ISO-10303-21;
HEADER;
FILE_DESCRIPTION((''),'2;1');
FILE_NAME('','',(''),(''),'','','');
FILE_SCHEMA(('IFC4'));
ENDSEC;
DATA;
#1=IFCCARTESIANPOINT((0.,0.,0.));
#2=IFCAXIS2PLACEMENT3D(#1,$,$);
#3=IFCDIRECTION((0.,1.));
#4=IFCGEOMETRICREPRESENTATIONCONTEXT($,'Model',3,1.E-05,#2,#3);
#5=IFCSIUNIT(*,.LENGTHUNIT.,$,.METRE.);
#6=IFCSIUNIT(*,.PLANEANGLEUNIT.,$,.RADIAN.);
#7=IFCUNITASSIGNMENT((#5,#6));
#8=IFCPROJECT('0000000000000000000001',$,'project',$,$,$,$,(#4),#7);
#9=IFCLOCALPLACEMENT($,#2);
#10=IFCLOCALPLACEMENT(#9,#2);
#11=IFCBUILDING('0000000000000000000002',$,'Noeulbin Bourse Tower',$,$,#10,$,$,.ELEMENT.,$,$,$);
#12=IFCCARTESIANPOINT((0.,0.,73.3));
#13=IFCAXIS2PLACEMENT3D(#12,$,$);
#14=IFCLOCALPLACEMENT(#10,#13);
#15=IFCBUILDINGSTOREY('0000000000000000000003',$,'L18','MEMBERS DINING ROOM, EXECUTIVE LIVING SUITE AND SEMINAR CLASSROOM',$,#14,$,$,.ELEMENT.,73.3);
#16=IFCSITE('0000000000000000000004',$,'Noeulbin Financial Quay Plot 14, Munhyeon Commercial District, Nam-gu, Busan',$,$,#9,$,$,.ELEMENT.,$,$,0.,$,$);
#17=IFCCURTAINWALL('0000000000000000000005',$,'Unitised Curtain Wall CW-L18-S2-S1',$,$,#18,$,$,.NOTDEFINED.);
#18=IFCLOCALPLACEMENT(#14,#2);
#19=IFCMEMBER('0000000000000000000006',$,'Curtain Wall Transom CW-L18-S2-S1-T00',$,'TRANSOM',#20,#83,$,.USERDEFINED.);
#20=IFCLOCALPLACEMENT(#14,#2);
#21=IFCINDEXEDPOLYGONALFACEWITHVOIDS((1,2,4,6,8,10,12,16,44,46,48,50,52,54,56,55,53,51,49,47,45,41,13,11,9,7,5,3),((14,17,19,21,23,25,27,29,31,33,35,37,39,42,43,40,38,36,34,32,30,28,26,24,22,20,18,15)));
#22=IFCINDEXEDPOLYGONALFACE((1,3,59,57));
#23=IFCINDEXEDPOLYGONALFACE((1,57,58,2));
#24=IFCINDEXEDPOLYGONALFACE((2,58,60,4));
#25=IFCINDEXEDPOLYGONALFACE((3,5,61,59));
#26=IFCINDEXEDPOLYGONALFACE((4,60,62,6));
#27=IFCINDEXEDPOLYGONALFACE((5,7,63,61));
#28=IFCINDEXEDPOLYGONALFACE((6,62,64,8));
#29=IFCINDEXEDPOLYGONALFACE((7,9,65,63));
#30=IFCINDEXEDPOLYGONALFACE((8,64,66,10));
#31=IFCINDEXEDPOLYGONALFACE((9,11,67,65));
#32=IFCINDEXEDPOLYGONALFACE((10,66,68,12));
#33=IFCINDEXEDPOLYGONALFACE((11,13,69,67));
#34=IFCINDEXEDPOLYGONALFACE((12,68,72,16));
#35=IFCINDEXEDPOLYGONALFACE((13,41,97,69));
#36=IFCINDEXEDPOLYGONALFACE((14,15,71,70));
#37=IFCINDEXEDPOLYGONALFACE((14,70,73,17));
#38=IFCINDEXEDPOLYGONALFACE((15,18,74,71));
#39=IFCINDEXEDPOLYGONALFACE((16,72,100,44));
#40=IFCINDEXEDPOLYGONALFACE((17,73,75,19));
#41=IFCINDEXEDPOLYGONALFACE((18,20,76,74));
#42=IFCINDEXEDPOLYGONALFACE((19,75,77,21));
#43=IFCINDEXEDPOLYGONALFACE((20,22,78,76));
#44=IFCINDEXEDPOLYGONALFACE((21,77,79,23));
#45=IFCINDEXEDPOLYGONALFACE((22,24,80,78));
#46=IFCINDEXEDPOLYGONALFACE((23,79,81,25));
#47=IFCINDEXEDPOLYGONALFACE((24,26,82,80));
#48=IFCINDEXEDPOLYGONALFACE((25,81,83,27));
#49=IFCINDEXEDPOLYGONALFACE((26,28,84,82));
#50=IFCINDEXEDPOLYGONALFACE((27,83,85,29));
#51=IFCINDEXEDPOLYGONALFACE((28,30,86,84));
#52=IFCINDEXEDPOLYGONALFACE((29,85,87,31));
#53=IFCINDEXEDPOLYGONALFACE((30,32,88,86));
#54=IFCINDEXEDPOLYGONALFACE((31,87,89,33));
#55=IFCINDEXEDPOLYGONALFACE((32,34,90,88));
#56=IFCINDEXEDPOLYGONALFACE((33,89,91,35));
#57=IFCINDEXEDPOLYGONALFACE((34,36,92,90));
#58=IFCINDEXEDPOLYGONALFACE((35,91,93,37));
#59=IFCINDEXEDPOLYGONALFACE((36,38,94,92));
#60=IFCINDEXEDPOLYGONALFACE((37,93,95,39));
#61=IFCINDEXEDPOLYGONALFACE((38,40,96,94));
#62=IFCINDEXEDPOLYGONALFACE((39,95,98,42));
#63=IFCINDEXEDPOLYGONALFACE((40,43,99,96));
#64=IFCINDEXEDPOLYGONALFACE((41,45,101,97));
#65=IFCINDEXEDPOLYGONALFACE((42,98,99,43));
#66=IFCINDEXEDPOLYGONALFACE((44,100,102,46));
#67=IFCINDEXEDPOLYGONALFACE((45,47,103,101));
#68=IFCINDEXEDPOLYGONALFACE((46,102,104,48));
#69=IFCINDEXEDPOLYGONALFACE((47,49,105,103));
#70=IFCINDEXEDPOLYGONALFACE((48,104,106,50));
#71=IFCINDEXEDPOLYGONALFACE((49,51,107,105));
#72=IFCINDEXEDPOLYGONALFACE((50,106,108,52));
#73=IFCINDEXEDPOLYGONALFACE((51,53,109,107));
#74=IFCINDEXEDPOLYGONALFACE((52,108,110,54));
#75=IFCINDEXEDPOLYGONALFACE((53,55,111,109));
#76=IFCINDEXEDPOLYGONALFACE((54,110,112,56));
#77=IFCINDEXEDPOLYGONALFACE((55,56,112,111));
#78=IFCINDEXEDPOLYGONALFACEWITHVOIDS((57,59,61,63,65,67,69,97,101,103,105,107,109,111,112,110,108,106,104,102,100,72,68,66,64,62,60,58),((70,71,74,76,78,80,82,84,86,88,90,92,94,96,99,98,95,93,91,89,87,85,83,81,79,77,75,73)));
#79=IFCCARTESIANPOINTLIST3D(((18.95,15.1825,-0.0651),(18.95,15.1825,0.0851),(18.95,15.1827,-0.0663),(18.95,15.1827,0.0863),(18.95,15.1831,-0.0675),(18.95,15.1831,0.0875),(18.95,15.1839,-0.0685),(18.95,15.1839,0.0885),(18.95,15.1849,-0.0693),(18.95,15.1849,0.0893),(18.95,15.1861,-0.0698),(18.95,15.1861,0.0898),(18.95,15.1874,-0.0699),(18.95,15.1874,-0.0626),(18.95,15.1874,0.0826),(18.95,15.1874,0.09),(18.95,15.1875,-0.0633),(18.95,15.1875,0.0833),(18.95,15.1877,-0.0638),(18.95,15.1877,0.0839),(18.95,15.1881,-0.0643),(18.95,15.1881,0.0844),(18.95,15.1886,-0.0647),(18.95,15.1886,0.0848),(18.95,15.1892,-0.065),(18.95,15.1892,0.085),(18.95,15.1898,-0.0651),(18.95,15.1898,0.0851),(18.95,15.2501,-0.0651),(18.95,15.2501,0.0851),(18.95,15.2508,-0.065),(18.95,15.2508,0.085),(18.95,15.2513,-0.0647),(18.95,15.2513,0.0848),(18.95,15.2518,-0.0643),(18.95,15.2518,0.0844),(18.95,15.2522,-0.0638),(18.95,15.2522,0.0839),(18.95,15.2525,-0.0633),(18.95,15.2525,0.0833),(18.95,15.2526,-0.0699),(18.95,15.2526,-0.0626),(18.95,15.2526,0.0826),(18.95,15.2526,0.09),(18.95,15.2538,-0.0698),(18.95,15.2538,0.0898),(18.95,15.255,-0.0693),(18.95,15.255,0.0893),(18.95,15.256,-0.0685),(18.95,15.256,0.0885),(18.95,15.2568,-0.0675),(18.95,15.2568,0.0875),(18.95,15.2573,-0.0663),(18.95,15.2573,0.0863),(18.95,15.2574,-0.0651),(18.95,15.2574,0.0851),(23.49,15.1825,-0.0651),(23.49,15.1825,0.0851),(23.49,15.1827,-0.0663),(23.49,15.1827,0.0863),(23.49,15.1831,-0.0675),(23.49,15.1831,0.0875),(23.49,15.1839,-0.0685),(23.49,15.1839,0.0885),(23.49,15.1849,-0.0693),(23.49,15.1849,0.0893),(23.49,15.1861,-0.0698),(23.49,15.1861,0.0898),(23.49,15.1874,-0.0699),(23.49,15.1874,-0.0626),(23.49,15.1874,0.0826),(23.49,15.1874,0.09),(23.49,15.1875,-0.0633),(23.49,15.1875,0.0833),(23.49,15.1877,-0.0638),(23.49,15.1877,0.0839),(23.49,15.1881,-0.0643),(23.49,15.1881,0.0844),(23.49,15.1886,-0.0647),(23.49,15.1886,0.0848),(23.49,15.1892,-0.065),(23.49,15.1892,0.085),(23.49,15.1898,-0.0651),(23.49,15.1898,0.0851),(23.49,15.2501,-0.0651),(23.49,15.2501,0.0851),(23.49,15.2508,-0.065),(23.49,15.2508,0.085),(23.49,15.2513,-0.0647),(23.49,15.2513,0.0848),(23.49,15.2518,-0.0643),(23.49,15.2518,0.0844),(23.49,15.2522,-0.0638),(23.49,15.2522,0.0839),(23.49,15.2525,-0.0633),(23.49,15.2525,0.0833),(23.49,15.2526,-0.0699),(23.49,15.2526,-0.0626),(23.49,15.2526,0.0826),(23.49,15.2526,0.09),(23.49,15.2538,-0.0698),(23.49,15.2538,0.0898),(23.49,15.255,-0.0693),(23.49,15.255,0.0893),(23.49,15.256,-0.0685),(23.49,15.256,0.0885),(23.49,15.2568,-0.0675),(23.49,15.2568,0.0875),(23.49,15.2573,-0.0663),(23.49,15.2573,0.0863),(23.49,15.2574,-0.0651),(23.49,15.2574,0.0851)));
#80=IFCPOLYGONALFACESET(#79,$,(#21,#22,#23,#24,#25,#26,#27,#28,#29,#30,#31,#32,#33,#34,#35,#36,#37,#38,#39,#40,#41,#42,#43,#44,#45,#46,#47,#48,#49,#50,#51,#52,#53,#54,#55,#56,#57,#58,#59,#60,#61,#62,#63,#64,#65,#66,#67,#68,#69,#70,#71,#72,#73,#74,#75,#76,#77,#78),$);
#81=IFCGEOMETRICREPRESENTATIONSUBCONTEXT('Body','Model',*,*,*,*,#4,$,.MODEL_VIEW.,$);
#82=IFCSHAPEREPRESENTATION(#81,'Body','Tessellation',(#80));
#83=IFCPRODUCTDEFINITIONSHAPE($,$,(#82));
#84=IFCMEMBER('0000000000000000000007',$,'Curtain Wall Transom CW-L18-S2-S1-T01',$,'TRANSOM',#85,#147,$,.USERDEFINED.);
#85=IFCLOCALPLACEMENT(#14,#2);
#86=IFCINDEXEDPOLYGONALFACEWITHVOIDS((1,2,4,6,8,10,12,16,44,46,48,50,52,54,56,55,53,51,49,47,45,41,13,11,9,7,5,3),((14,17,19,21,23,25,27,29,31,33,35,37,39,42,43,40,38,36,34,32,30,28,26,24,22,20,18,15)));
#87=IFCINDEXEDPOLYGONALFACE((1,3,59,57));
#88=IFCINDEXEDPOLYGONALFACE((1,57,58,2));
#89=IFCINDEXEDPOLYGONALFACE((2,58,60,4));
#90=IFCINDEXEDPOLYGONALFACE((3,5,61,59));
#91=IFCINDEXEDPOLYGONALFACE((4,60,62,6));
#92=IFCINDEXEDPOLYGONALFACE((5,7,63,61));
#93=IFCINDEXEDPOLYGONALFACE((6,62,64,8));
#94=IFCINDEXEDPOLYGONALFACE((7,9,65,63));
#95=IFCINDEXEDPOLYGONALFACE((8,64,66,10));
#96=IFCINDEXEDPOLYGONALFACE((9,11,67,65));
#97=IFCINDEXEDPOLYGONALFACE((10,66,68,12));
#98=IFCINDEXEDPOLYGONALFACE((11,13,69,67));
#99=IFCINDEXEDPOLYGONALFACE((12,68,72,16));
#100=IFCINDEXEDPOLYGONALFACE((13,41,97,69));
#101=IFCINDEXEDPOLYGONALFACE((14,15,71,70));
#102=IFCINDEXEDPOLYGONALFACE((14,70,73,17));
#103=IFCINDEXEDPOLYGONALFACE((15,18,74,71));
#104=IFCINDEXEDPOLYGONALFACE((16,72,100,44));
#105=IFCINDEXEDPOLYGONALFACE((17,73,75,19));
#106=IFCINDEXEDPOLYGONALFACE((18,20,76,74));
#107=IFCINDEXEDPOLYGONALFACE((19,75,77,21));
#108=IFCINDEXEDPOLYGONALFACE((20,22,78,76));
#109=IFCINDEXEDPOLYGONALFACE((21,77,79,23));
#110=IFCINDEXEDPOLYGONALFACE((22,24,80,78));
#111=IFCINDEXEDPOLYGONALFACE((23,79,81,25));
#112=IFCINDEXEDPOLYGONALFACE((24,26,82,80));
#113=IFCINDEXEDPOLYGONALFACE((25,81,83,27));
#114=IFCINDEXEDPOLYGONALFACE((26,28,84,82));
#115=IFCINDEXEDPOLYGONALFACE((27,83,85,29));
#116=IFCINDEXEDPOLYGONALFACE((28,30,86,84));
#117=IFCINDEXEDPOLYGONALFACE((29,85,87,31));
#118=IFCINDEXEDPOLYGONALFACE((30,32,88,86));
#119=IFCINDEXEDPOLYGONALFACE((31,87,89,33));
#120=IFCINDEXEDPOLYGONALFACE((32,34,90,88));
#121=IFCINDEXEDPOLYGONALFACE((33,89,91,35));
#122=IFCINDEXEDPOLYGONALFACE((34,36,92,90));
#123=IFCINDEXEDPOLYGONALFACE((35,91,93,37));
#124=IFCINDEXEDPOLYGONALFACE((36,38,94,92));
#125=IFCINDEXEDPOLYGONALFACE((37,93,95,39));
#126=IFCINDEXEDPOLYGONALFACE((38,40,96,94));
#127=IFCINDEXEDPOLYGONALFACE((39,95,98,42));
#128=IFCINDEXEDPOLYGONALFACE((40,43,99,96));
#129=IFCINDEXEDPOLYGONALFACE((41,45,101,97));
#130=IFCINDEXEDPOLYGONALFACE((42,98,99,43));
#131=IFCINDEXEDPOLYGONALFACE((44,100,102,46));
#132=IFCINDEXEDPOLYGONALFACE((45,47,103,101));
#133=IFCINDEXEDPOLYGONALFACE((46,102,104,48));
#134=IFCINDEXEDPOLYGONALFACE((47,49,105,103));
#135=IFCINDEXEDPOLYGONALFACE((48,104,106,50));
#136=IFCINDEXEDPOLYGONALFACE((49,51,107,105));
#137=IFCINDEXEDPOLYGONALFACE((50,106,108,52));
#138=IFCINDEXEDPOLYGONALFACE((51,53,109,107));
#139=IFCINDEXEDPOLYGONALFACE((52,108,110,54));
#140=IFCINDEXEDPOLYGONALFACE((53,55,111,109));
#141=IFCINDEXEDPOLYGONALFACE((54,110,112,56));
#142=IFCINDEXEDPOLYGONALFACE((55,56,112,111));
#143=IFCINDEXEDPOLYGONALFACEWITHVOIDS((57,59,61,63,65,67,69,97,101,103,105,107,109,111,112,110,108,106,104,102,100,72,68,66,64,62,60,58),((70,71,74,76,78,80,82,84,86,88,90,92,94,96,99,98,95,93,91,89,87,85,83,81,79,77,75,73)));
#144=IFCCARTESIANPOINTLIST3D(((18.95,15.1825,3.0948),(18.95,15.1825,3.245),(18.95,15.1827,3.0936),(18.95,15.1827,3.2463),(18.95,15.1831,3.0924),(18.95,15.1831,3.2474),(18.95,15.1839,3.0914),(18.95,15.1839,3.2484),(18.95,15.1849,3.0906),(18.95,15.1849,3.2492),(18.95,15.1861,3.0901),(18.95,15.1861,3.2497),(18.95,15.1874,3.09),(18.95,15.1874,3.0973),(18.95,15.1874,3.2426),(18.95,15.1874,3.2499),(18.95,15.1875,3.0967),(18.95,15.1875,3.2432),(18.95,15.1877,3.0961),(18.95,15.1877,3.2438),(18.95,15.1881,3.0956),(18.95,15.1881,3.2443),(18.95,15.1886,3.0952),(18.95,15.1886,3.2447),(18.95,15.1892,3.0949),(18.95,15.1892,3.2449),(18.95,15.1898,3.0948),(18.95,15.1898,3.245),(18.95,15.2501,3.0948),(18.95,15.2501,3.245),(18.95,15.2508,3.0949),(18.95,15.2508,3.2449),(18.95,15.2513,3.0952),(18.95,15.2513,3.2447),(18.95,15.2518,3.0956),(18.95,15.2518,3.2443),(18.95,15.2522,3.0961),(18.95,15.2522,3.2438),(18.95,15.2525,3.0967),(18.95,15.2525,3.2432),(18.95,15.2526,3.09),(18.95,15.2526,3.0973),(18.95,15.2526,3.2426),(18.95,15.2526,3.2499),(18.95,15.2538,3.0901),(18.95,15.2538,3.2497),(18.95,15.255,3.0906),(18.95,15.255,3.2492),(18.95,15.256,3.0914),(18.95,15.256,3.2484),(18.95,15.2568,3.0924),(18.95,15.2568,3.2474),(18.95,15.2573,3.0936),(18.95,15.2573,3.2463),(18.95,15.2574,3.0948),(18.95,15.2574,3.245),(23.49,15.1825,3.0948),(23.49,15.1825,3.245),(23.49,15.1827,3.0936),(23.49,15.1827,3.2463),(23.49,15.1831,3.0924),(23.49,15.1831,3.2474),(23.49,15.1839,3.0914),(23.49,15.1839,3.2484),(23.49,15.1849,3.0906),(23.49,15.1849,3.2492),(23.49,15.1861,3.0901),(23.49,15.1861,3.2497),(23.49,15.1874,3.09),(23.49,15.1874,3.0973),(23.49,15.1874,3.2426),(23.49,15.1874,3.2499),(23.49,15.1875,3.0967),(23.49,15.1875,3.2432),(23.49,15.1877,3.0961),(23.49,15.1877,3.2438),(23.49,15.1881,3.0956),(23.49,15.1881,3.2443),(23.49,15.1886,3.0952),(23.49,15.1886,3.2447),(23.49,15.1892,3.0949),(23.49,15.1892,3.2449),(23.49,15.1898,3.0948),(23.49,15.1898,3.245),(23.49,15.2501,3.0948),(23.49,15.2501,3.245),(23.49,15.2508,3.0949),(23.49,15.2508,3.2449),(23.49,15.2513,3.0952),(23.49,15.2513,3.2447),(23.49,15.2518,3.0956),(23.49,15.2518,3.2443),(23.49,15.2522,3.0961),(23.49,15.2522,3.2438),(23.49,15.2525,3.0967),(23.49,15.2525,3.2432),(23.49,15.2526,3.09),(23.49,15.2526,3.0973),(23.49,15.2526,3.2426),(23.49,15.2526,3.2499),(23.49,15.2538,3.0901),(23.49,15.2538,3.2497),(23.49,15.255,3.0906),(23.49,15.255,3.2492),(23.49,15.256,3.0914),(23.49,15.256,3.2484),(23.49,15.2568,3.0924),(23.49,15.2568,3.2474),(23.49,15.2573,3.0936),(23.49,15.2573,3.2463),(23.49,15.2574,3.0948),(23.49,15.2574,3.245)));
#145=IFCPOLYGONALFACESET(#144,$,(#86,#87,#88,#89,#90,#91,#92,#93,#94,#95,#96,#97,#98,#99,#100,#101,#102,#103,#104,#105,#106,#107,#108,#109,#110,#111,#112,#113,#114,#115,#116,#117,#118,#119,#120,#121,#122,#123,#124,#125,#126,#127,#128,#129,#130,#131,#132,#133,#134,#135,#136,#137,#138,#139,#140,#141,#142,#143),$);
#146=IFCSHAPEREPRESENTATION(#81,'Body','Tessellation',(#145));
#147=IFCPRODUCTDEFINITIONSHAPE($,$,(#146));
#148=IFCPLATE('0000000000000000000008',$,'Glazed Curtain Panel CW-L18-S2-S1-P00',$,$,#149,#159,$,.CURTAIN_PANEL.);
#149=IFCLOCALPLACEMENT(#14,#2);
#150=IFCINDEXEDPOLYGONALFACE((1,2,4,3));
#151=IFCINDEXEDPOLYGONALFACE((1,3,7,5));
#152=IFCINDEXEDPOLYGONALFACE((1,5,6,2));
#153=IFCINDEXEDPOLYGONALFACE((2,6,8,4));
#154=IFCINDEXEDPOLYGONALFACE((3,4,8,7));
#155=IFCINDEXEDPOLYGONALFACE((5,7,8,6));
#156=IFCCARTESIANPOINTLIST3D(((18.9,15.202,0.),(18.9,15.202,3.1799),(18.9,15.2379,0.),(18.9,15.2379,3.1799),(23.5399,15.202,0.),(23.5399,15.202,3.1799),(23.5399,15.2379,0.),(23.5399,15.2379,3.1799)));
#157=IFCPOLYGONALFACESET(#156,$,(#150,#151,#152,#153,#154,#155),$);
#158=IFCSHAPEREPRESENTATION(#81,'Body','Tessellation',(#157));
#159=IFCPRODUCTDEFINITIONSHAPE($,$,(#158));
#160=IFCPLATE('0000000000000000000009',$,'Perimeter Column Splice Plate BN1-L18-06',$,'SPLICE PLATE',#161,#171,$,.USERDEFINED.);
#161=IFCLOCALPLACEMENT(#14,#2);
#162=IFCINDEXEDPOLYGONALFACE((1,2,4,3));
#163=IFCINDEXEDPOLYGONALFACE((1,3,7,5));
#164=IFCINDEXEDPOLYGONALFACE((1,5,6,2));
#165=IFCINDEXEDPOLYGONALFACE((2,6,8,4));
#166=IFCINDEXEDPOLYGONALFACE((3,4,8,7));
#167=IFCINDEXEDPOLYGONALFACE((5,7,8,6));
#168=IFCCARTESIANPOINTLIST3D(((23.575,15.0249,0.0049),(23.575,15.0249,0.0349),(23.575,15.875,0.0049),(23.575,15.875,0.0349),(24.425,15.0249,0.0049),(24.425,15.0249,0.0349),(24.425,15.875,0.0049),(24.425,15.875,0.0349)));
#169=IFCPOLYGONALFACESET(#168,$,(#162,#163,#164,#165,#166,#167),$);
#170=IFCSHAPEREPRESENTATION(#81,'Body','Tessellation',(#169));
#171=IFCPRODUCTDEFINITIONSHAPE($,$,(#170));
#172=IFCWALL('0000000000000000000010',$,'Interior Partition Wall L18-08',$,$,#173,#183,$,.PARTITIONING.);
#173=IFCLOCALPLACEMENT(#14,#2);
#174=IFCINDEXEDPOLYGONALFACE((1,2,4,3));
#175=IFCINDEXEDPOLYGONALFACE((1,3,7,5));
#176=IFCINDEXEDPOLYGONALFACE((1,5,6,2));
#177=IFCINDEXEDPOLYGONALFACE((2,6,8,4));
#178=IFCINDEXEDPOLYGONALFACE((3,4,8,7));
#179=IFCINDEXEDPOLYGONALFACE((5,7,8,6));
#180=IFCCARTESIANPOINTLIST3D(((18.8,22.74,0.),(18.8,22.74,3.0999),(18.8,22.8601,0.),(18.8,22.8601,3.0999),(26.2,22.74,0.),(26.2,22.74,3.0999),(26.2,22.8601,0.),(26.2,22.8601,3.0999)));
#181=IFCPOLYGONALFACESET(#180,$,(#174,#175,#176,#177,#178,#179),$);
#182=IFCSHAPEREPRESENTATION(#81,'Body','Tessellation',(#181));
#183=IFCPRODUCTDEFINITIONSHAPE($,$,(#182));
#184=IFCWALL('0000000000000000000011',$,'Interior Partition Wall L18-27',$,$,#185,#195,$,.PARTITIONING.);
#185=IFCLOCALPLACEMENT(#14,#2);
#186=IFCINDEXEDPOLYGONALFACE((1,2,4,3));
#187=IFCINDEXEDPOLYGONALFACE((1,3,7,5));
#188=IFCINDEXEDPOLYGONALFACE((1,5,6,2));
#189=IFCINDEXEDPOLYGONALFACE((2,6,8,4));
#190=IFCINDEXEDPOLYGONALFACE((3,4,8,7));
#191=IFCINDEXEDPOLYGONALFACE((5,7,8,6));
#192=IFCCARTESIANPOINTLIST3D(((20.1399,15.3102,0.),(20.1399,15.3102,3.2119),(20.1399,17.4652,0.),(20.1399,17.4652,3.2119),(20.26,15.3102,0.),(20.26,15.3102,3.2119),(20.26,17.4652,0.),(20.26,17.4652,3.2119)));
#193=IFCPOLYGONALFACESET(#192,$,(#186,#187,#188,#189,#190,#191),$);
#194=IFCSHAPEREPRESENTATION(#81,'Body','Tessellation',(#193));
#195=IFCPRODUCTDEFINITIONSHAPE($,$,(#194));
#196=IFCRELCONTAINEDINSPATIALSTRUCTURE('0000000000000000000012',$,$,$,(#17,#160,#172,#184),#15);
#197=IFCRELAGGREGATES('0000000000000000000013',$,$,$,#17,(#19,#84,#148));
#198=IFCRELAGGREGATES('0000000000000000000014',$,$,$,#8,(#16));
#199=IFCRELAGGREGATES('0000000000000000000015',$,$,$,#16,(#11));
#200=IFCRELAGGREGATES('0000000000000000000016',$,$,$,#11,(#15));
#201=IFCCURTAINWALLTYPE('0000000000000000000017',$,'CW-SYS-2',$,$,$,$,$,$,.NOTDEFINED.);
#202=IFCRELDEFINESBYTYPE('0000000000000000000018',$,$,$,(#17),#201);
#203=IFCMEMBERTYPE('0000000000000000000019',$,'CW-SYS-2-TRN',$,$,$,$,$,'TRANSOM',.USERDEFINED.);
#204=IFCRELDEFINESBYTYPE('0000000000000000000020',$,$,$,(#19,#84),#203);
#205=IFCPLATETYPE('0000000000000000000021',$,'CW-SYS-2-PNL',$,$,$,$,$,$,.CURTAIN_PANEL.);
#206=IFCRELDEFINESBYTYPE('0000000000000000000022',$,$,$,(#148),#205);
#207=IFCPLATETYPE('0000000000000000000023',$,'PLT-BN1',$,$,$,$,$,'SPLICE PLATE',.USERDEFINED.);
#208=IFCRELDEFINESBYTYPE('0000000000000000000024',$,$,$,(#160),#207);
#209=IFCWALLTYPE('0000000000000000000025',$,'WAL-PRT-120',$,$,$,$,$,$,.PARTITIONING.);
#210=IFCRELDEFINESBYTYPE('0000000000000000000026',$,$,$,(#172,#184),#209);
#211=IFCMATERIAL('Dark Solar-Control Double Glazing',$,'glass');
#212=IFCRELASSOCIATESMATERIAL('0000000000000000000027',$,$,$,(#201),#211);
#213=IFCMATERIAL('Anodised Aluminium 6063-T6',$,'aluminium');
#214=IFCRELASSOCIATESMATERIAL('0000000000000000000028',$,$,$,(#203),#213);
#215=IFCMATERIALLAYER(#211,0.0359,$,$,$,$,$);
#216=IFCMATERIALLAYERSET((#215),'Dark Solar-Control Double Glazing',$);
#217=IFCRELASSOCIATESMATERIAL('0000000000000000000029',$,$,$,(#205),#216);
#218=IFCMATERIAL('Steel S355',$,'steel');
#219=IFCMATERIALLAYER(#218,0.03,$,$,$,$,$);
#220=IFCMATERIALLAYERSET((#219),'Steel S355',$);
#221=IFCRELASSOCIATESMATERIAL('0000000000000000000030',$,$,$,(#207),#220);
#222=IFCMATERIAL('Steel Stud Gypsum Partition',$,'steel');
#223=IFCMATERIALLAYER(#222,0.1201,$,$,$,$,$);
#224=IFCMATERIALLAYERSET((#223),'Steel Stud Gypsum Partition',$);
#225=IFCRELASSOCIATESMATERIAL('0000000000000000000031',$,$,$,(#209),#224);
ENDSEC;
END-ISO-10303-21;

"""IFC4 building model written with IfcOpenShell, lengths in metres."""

from ifc_helpers import new_model, si_unit, direction, frame, frame_2d, origin, origin_2d, place, context, subcontext, project, spatial, rectangle, hollow_rectangle, extrude, material, layer, layer_set, material_profile, profile_set, type_object, element, aggregate, save


model = new_model("IFC4")

# Units and contexts
model_context = context("Model", 3, precision=1e-05, world=origin(), true_north=direction((0.0, 1.0)))
body_context = subcontext(model_context, "Body", "Model", "MODEL_VIEW")
ifc_project = project(units=[si_unit("LENGTHUNIT", "METRE"), si_unit("PLANEANGLEUNIT", "RADIAN")], contexts=[model_context])

# Site, building, storey
site_placement = place(None, origin())
site = spatial("IfcSite", under=ifc_project, at=site_placement, Name="Noeulbin Financial Quay Plot 14, Munhyeon Commercial District, Nam-gu, Busan", CompositionType="ELEMENT", RefElevation=0.0)
building_placement = place(site_placement, origin())
building = spatial("IfcBuilding", under=site, at=building_placement, Name="Noeulbin Bourse Tower", CompositionType="ELEMENT")
storey_placement = place(building_placement, frame((0.0, 0.0, 73.3)))
storey = spatial("IfcBuildingStorey", under=building, at=storey_placement, Name="L18", Description="MEMBERS DINING ROOM, EXECUTIVE LIVING SUITE AND SEMINAR CLASSROOM", CompositionType="ELEMENT", Elevation=73.3)

# Shared definitions
ifc_material_1 = material(Name="Steel S355", Category="steel")

# Curtain wall, members, plate
ifc_material_2 = material(Name="Dark Solar-Control Double Glazing", Category="glass")
curtain_wall_type = type_object("IfcCurtainWallType", Name="CW-SYS-2", PredefinedType="NOTDEFINED", material=ifc_material_2)
curtain_wall_placement = place(storey_placement, origin())
curtain_wall = element("IfcCurtainWall", 1, at=curtain_wall_placement, inside=storey, type_object=curtain_wall_type, Name="Unitised Curtain Wall CW-L18-S2-S1", PredefinedType="NOTDEFINED")
ifc_material_3 = material(Name="Anodised Aluminium 6063-T6", Category="aluminium")
ifc_material_profile_1 = material_profile(ifc_material_3, hollow_rectangle(XDim=0.075, YDim=0.1599, WallThickness=0.0049, InnerFilletRadius=0.0024, OuterFilletRadius=0.0049, at=origin_2d()), Name="ALU-TRAN-75x160x5", Category="LoadBearing")
ifc_profile_set_1 = profile_set([ifc_material_profile_1], Name="Anodised Aluminium 6063-T6")
member_type_1 = type_object("IfcMemberType", Name="CW-SYS-2-TRN", ElementType="TRANSOM", PredefinedType="USERDEFINED", material=ifc_profile_set_1)
member_1_placement = place(storey_placement, frame((18.95, 15.22, 0.01), z_axis=(1.0, 0.0, 0.0), x_axis=(0.0, 1.0, 0.0)))
member_1 = element("IfcMember", 2, at=member_1_placement, type_object=member_type_1, Name="Curtain Wall Transom CW-L18-S2-S1-T00", ObjectType="TRANSOM", PredefinedType="USERDEFINED", context=body_context, shape_type="SweptSolid", body=[
    extrude(hollow_rectangle(XDim=0.075, YDim=0.1599, WallThickness=0.0049, InnerFilletRadius=0.0024, OuterFilletRadius=0.0049, at=origin_2d()), origin(), (0.0, 0.0, 1.0), 4.54),
])
member_2_placement = place(storey_placement, frame((18.95, 15.22, 3.1699), z_axis=(1.0, 0.0, 0.0), x_axis=(0.0, 1.0, 0.0)))
member_2 = element("IfcMember", 3, at=member_2_placement, type_object=member_type_1, Name="Curtain Wall Transom CW-L18-S2-S1-T01", ObjectType="TRANSOM", PredefinedType="USERDEFINED", context=body_context, shape_type="SweptSolid", body=[
    extrude(hollow_rectangle(XDim=0.075, YDim=0.1599, WallThickness=0.0049, InnerFilletRadius=0.0024, OuterFilletRadius=0.0049, at=origin_2d()), origin(), (0.0, 0.0, 1.0), 4.54),
])
ifc_layer_1 = layer(ifc_material_2, 0.0359)
ifc_layer_set_1 = layer_set([ifc_layer_1], Name="Dark Solar-Control Double Glazing")
plate_type_1 = type_object("IfcPlateType", Name="CW-SYS-2-PNL", PredefinedType="CURTAIN_PANEL", material=ifc_layer_set_1)
plate_1_placement = place(storey_placement, frame((21.22, 15.22, 0.0), z_axis=(0.0, 0.0, 1.0), x_axis=(1.0, 0.0, 0.0)))
plate_1 = element("IfcPlate", 4, at=plate_1_placement, type_object=plate_type_1, Name="Glazed Curtain Panel CW-L18-S2-S1-P00", PredefinedType="CURTAIN_PANEL", context=body_context, shape_type="SweptSolid", body=[
    extrude(rectangle(XDim=4.6399, YDim=0.0359, at=origin_2d()), origin(), (0.0, 0.0, 1.0), 3.1799),
])
aggregate(curtain_wall, [member_1, member_2, plate_1])

# Plate
ifc_layer_2 = layer(ifc_material_1, 0.03)
ifc_layer_set_2 = layer_set([ifc_layer_2], Name="Steel S355")
plate_type_2 = type_object("IfcPlateType", Name="PLT-BN1", ElementType="SPLICE PLATE", PredefinedType="USERDEFINED", material=ifc_layer_set_2)
plate_2_placement = place(storey_placement, frame((24.0, 15.45, 0.0049), z_axis=(0.0, 0.0, 1.0), x_axis=(1.0, 0.0, 0.0)))
element("IfcPlate", 5, at=plate_2_placement, inside=storey, type_object=plate_type_2, Name="Perimeter Column Splice Plate BN1-L18-06", ObjectType="SPLICE PLATE", PredefinedType="USERDEFINED", context=body_context, shape_type="SweptSolid", body=[
    extrude(rectangle(XDim=0.8501, YDim=0.8501, at=origin_2d()), origin(), (0.0, 0.0, 1.0), 0.03),
])

# Walls
ifc_material_4 = material(Name="Steel Stud Gypsum Partition", Category="steel")
ifc_layer_3 = layer(ifc_material_4, 0.1201)
ifc_layer_set_3 = layer_set([ifc_layer_3], Name="Steel Stud Gypsum Partition")
wall_type = type_object("IfcWallType", Name="WAL-PRT-120", PredefinedType="PARTITIONING", material=ifc_layer_set_3)
wall_1_placement = place(storey_placement, frame((18.8, 22.8, 0.0), z_axis=(0.0, 0.0, 1.0), x_axis=(1.0, 0.0, 0.0)))
element("IfcWall", 6, at=wall_1_placement, inside=storey, type_object=wall_type, Name="Interior Partition Wall L18-08", PredefinedType="PARTITIONING", context=body_context, shape_type="SweptSolid", body=[
    extrude(rectangle(XDim=7.3999, YDim=0.1201, at=frame_2d((3.7, 0.0))), origin(), (0.0, 0.0, 1.0), 3.0999),
])
wall_2_placement = place(storey_placement, frame((20.2, 15.3101, 0.0), z_axis=(0.0, 0.0, 1.0), x_axis=(0.0, 1.0, 0.0)))
element("IfcWall", 7, at=wall_2_placement, inside=storey, type_object=wall_type, Name="Interior Partition Wall L18-27", PredefinedType="PARTITIONING", context=body_context, shape_type="SweptSolid", body=[
    extrude(rectangle(XDim=2.155, YDim=0.1201, at=frame_2d((1.0776, 0.0))), origin(), (0.0, 0.0, 1.0), 3.2119),
])

save(model, "model.ifc")
